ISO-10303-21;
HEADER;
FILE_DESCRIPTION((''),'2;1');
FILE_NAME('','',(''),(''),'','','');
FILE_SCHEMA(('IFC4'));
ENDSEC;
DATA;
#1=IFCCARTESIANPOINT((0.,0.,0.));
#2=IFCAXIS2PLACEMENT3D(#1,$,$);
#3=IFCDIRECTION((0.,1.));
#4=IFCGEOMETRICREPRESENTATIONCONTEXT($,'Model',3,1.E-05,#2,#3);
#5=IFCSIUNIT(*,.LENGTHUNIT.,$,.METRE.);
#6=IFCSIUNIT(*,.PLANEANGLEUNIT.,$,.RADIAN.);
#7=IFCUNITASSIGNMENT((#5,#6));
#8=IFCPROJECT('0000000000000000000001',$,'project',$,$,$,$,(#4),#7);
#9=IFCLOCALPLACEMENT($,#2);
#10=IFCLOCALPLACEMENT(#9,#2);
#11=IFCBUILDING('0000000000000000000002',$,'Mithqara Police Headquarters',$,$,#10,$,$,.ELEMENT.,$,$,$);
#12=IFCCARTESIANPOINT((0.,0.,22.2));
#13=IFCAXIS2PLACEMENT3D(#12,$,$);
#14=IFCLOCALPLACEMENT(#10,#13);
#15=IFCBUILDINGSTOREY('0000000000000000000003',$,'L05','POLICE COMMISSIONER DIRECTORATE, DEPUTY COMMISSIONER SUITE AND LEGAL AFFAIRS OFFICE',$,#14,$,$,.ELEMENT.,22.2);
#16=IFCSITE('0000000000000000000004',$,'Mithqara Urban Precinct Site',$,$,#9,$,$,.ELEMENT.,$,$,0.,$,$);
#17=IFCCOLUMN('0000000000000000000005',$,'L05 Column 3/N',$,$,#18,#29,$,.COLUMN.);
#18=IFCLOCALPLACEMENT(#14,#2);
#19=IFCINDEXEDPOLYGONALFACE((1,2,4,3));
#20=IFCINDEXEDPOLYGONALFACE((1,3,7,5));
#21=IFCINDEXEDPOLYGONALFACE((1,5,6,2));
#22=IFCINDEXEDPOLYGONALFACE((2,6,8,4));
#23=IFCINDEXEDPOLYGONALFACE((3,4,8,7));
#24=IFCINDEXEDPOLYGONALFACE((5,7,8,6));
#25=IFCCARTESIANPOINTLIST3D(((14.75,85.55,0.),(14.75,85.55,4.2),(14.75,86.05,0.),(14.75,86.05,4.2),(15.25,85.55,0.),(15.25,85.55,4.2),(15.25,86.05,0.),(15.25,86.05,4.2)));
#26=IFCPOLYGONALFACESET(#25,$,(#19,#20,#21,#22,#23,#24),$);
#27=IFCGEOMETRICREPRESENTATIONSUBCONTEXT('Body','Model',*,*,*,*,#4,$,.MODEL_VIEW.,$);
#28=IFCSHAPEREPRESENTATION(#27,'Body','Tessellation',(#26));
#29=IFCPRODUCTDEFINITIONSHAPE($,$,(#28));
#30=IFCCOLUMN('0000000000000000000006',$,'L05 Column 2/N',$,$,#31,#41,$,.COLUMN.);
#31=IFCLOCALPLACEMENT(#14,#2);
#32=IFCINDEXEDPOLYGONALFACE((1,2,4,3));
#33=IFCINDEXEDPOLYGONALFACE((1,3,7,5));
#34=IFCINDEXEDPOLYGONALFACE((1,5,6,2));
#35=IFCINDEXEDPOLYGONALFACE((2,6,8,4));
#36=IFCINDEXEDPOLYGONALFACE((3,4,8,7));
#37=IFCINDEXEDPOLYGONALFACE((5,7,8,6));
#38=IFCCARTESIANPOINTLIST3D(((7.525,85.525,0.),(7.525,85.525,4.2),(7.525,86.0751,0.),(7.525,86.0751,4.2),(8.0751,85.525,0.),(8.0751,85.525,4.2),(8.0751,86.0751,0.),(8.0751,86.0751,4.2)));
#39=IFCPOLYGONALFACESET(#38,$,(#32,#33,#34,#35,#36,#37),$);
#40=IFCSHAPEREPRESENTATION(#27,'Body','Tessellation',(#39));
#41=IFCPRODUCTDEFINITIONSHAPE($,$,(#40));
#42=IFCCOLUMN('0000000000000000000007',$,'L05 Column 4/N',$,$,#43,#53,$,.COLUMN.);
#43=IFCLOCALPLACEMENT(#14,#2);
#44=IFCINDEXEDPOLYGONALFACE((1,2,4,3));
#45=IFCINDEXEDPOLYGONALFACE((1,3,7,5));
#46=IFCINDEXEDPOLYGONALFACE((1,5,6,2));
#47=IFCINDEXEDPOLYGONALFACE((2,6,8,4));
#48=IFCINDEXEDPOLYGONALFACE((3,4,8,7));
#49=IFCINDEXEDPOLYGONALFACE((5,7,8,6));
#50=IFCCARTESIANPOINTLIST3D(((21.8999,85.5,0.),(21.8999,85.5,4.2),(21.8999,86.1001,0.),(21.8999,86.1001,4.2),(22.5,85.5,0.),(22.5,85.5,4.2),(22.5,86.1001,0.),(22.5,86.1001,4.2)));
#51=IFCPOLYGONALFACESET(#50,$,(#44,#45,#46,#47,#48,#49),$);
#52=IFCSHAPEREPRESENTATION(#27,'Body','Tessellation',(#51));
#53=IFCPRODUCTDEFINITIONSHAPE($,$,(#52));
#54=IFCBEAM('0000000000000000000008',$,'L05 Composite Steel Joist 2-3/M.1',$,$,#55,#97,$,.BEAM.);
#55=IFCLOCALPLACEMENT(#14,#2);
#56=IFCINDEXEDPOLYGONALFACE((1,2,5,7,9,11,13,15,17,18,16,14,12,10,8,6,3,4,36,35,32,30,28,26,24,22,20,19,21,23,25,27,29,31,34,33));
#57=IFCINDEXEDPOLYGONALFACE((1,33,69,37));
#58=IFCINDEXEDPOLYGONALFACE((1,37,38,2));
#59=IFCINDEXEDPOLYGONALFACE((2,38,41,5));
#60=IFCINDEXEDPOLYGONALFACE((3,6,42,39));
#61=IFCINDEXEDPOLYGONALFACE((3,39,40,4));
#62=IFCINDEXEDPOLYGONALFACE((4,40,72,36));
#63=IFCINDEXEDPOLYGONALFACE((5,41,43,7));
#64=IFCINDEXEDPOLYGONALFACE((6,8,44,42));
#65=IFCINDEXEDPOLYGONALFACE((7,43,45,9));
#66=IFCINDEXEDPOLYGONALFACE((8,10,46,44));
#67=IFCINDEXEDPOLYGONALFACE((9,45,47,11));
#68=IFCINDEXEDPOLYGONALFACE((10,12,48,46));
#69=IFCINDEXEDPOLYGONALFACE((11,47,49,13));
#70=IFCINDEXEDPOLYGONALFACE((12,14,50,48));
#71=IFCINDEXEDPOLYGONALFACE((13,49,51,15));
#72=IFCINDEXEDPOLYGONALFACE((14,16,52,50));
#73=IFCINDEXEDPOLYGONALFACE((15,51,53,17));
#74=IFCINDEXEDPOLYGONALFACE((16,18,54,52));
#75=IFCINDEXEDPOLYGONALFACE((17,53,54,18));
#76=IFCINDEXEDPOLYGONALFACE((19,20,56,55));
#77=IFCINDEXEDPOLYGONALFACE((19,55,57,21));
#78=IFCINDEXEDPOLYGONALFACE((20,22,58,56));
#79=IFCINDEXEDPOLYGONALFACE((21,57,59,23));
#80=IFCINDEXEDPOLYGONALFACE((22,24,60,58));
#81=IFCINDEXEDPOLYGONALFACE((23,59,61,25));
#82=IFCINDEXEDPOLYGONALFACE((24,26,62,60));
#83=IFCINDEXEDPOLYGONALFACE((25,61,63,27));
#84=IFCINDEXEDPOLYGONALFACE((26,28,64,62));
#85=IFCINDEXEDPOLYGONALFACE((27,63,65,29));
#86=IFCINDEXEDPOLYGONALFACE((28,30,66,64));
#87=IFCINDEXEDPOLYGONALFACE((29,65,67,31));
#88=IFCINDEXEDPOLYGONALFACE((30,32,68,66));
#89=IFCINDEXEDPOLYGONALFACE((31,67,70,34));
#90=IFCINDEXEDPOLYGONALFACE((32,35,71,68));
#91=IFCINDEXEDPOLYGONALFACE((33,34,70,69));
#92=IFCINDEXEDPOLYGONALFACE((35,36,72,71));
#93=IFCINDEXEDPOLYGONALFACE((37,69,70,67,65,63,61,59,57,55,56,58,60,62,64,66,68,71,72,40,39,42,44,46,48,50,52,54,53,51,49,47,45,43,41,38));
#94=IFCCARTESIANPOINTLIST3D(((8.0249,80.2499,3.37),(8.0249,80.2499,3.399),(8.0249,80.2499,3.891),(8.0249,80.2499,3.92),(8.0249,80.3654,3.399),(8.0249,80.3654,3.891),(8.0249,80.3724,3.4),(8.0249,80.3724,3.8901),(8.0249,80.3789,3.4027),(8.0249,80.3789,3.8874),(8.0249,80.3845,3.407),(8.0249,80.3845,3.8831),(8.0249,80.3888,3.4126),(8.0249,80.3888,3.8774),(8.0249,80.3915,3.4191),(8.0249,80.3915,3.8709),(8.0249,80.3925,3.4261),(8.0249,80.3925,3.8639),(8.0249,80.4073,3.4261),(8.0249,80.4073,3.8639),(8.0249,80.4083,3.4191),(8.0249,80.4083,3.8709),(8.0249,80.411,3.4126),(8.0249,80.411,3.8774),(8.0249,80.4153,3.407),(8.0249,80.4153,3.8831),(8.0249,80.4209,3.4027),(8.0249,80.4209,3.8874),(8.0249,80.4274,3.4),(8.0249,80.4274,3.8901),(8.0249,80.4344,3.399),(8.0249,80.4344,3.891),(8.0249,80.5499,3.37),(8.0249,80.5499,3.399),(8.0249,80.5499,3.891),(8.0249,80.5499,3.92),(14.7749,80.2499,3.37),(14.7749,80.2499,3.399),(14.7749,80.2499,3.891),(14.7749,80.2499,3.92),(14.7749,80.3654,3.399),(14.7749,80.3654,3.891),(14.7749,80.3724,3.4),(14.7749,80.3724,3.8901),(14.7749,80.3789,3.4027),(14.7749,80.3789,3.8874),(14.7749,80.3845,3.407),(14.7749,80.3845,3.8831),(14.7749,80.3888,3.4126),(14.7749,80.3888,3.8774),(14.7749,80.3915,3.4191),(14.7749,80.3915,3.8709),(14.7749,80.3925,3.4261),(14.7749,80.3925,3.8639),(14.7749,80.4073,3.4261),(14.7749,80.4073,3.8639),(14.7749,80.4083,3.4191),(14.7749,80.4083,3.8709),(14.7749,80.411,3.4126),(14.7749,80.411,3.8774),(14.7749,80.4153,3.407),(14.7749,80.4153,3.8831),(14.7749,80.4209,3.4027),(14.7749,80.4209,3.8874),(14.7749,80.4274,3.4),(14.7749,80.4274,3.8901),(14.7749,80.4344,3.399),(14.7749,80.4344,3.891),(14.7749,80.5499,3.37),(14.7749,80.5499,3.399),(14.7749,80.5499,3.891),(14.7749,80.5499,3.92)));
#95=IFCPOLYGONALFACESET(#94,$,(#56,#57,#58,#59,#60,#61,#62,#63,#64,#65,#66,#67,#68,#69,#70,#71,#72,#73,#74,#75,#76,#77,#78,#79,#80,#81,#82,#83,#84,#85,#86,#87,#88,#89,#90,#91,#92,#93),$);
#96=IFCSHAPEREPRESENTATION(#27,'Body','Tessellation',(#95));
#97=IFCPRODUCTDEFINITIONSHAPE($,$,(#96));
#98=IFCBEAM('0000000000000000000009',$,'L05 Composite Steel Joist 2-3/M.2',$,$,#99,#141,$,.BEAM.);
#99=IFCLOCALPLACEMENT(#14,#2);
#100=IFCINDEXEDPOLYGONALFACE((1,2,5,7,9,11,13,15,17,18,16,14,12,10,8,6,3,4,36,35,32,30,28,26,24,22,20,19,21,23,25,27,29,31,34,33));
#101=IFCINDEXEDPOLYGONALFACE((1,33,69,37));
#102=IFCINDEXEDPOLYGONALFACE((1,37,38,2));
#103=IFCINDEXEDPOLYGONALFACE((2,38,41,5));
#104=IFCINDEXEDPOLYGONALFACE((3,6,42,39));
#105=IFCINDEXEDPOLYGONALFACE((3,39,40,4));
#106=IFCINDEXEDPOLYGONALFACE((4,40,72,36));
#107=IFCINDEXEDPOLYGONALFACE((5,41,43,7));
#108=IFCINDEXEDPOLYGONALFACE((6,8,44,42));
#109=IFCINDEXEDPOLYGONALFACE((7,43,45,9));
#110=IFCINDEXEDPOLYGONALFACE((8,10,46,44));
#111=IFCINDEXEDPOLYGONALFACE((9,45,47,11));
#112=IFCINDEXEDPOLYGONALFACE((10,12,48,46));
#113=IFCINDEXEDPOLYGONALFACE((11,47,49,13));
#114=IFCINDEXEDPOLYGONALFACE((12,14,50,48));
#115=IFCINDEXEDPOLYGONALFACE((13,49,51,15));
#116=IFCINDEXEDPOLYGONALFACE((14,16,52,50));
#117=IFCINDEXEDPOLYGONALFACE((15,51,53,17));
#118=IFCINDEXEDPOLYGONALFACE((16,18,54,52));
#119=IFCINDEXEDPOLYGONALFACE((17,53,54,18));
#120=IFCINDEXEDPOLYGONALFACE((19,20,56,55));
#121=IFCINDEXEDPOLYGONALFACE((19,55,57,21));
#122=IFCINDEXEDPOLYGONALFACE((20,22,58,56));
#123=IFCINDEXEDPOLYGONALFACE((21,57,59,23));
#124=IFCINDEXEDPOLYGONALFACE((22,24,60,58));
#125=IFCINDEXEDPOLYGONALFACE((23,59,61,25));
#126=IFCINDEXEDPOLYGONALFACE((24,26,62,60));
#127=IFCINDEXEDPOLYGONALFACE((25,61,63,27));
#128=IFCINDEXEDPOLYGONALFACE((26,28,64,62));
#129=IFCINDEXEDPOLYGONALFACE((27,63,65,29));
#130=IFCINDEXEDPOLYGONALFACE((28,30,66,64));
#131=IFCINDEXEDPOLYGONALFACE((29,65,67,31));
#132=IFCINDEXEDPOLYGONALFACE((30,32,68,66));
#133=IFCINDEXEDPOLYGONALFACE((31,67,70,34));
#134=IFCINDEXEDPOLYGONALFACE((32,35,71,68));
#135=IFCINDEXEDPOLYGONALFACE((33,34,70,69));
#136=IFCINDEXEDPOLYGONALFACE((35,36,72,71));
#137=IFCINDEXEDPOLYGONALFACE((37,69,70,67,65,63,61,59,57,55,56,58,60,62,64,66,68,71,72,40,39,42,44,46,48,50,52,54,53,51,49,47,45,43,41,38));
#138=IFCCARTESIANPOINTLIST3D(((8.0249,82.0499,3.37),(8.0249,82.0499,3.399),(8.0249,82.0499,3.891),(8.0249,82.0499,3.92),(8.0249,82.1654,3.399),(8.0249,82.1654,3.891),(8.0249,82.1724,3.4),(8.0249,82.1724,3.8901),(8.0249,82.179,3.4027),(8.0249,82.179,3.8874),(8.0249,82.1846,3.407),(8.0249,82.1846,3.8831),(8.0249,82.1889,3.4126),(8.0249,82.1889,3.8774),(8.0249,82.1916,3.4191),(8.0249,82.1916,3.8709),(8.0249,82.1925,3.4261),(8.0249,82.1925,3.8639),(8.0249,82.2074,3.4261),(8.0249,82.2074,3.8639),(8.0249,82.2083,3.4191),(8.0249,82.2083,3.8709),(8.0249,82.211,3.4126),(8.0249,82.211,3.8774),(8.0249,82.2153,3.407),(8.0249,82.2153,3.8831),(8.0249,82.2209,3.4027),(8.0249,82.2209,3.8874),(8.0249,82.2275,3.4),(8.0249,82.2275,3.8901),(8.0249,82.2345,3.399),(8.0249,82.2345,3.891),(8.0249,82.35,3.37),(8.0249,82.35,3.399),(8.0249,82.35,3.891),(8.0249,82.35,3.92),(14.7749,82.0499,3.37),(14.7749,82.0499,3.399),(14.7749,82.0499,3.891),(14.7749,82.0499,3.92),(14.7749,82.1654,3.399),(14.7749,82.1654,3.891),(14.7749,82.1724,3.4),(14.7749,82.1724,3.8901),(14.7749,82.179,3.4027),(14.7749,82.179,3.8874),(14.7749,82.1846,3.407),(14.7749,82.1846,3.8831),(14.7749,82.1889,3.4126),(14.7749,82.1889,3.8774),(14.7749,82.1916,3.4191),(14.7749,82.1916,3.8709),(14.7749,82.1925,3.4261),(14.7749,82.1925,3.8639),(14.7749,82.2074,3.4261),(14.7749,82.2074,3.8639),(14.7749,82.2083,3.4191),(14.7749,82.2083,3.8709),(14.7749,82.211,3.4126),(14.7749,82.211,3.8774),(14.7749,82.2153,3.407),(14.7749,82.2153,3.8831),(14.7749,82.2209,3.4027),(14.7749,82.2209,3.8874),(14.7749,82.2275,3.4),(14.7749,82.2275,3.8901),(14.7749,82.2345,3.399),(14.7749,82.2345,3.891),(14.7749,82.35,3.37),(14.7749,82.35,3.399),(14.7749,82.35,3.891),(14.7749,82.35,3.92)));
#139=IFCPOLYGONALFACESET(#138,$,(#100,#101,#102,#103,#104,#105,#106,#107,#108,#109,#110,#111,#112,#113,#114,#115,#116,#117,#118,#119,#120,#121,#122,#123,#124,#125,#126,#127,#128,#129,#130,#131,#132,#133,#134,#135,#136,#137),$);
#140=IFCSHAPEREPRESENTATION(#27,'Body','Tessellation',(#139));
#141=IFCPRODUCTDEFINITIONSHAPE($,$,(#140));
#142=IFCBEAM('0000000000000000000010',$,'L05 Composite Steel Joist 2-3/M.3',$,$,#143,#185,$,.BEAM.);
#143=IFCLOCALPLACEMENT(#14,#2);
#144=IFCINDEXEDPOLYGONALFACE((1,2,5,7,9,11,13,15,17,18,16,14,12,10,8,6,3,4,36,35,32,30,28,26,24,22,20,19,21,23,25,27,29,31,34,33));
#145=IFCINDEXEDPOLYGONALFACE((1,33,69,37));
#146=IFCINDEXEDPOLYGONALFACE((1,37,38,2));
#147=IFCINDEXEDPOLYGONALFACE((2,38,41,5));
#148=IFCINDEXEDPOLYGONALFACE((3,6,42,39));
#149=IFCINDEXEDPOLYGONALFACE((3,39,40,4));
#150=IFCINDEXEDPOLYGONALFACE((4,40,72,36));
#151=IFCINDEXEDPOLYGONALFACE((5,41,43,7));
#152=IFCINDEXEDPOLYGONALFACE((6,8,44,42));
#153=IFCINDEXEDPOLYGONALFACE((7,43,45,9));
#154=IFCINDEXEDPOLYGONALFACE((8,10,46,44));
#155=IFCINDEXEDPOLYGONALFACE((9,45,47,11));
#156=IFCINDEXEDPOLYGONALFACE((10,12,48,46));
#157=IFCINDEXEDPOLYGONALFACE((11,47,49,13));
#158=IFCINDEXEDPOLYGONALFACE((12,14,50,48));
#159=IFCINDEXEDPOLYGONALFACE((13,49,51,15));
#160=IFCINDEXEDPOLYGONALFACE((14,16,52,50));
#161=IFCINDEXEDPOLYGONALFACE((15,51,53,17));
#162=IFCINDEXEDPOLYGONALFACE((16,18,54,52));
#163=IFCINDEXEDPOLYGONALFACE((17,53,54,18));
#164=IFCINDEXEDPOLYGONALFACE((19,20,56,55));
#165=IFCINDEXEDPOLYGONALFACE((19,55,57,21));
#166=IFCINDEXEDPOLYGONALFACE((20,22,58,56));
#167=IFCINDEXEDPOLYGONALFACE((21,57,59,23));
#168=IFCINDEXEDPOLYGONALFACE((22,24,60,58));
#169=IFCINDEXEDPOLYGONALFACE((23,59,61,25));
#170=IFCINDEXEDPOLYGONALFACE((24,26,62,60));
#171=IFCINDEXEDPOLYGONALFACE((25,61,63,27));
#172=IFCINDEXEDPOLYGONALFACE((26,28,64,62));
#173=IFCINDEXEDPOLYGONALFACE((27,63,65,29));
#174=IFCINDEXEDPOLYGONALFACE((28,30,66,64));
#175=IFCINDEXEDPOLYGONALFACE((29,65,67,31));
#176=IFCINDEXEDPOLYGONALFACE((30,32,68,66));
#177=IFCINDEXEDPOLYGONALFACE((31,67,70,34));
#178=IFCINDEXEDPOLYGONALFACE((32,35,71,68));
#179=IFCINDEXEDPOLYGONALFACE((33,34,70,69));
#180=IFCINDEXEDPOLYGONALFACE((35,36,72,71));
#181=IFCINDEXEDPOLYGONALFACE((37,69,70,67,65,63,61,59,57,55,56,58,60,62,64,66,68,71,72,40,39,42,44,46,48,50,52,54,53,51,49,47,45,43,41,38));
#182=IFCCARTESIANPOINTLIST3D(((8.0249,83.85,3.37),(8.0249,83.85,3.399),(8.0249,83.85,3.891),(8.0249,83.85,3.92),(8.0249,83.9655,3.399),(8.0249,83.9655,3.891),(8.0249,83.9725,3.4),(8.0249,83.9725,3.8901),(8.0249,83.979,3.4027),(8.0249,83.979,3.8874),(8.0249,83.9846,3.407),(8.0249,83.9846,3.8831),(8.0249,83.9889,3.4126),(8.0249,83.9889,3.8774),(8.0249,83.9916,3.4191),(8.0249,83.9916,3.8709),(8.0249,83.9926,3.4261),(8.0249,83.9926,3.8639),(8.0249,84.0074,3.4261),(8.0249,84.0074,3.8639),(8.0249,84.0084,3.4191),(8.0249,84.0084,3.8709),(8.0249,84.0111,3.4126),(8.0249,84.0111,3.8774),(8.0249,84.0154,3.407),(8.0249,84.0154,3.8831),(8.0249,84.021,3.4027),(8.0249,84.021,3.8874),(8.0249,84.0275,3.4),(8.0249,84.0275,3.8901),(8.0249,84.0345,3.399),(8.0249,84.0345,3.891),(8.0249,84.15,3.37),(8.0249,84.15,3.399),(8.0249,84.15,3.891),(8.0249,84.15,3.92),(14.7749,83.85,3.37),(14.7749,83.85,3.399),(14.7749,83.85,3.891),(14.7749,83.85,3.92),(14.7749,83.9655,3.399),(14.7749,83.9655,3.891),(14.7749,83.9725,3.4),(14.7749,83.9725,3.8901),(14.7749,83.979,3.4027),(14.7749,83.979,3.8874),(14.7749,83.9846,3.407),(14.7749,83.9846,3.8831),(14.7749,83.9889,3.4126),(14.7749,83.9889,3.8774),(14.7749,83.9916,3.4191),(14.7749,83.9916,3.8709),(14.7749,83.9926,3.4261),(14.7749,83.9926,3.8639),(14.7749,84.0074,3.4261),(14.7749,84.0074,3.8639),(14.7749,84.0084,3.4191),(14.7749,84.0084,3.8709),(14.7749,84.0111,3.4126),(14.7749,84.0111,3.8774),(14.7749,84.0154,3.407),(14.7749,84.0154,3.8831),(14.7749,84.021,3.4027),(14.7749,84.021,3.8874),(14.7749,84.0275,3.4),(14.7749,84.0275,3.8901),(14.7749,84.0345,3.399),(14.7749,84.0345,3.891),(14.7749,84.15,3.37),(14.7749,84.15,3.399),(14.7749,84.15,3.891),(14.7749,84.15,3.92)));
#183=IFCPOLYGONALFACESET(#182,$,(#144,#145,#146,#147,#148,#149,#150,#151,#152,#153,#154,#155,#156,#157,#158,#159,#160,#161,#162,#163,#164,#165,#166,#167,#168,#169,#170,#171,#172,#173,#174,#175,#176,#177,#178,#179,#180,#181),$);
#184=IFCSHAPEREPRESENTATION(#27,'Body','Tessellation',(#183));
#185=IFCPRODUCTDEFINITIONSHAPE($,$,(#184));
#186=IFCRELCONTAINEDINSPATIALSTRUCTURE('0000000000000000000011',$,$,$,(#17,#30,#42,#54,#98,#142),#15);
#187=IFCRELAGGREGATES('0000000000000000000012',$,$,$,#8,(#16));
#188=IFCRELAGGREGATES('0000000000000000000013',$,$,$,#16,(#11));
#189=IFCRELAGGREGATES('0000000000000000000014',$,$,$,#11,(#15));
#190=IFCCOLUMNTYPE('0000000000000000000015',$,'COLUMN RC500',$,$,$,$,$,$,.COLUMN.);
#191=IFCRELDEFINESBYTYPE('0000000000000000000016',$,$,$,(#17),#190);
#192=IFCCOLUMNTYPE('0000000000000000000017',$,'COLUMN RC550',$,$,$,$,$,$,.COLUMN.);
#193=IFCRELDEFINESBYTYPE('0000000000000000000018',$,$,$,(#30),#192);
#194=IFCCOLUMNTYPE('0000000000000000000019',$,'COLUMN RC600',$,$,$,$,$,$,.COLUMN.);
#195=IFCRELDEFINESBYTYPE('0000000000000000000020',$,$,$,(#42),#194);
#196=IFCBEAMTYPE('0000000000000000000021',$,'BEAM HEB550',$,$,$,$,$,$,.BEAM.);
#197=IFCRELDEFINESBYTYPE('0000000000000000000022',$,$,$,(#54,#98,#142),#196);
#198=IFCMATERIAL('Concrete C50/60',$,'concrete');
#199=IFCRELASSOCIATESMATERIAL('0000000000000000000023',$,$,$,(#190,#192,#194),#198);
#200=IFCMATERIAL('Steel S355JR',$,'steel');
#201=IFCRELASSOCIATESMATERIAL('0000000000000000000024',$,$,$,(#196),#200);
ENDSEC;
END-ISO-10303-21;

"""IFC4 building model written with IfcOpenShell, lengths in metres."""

from ifc_helpers import new_model, si_unit, direction, frame, origin, origin_2d, place, context, subcontext, project, spatial, rectangle, i_section, extrude, material, material_profile, profile_set, type_object, element, save


model = new_model("IFC4")

# Units and contexts
model_context = context("Model", 3, precision=1e-05, world=origin(), true_north=direction((0.0, 1.0)))
body_context = subcontext(model_context, "Body", "Model", "MODEL_VIEW")
ifc_project = project(units=[si_unit("LENGTHUNIT", "METRE"), si_unit("PLANEANGLEUNIT", "RADIAN")], contexts=[model_context])

# Site, building, storey
site_placement = place(None, origin())
site = spatial("IfcSite", under=ifc_project, at=site_placement, Name="Mithqara Urban Precinct Site", CompositionType="ELEMENT", RefElevation=0.0)
building_placement = place(site_placement, origin())
building = spatial("IfcBuilding", under=site, at=building_placement, Name="Mithqara Police Headquarters", CompositionType="ELEMENT")
storey_placement = place(building_placement, frame((0.0, 0.0, 22.2)))
storey = spatial("IfcBuildingStorey", under=building, at=storey_placement, Name="L05", Description="POLICE COMMISSIONER DIRECTORATE, DEPUTY COMMISSIONER SUITE AND LEGAL AFFAIRS OFFICE", CompositionType="ELEMENT", Elevation=22.2)

# Columns
ifc_material_1 = material(Name="Concrete C50/60", Category="concrete")
ifc_material_profile_1 = material_profile(ifc_material_1, rectangle(XDim=0.5, YDim=0.5, at=origin_2d()), Name="RC 500x500")
ifc_profile_set_1 = profile_set([ifc_material_profile_1], Name="Concrete C50/60")
column_type_1 = type_object("IfcColumnType", Name="COLUMN RC500", PredefinedType="COLUMN", material=ifc_profile_set_1)
column_1_placement = place(storey_placement, frame((15.0, 85.8, 0.0), z_axis=(0.0, 0.0, 1.0), x_axis=(1.0, 0.0, 0.0)))
element("IfcColumn", 1, at=column_1_placement, inside=storey, type_object=column_type_1, Name="L05 Column 3/N", PredefinedType="COLUMN", context=body_context, shape_type="SweptSolid", body=[
    extrude(rectangle(XDim=0.5, YDim=0.5, at=origin_2d()), origin(), (0.0, 0.0, 1.0), 4.2),
])
ifc_material_profile_2 = material_profile(ifc_material_1, rectangle(XDim=0.55, YDim=0.55, at=origin_2d()), Name="RC 550x550")
ifc_profile_set_2 = profile_set([ifc_material_profile_2], Name="Concrete C50/60")
column_type_2 = type_object("IfcColumnType", Name="COLUMN RC550", PredefinedType="COLUMN", material=ifc_profile_set_2)
column_2_placement = place(storey_placement, frame((7.8, 85.8, 0.0), z_axis=(0.0, 0.0, 1.0), x_axis=(1.0, 0.0, 0.0)))
element("IfcColumn", 2, at=column_2_placement, inside=storey, type_object=column_type_2, Name="L05 Column 2/N", PredefinedType="COLUMN", context=body_context, shape_type="SweptSolid", body=[
    extrude(rectangle(XDim=0.55, YDim=0.55, at=origin_2d()), origin(), (0.0, 0.0, 1.0), 4.2),
])
ifc_material_profile_3 = material_profile(ifc_material_1, rectangle(XDim=0.6001, YDim=0.6001, at=origin_2d()), Name="RC 600x600")
ifc_profile_set_3 = profile_set([ifc_material_profile_3], Name="Concrete C50/60")
column_type_3 = type_object("IfcColumnType", Name="COLUMN RC600", PredefinedType="COLUMN", material=ifc_profile_set_3)
column_3_placement = place(storey_placement, frame((22.2, 85.8, 0.0), z_axis=(0.0, 0.0, 1.0), x_axis=(1.0, 0.0, 0.0)))
element("IfcColumn", 3, at=column_3_placement, inside=storey, type_object=column_type_3, Name="L05 Column 4/N", PredefinedType="COLUMN", context=body_context, shape_type="SweptSolid", body=[
    extrude(rectangle(XDim=0.6001, YDim=0.6001, at=origin_2d()), origin(), (0.0, 0.0, 1.0), 4.2),
])

# Beams
ifc_material_2 = material(Name="Steel S355JR", Category="steel")
ifc_material_profile_4 = material_profile(ifc_material_2, i_section(OverallWidth=0.3, OverallDepth=0.55, WebThickness=0.0149, FlangeThickness=0.0291, FilletRadius=0.0271, at=origin_2d()), Name="HEB 550")
ifc_profile_set_4 = profile_set([ifc_material_profile_4], Name="Steel S355JR")
beam_type_1 = type_object("IfcBeamType", Name="BEAM HEB550", PredefinedType="BEAM", material=ifc_profile_set_4)
for number, where, z_axis, x_axis, name in (
    (4, (8.0249, 80.3999, 3.645), (1.0, 0.0, 0.0), (0.0, 1.0, 0.0), "L05 Composite Steel Joist 2-3/M.1"),
    (5, (8.0249, 82.2, 3.645), (1.0, 0.0, 0.0), (0.0, 1.0, 0.0), "L05 Composite Steel Joist 2-3/M.2"),
    (6, (8.0249, 84.0, 3.645), (1.0, 0.0, 0.0), (0.0, 1.0, 0.0), "L05 Composite Steel Joist 2-3/M.3"),
):
    element("IfcBeam", number, at=place(storey_placement, frame(where, z_axis=z_axis, x_axis=x_axis)), inside=storey, type_object=beam_type_1, Name=name, PredefinedType="BEAM", context=body_context, shape_type="SweptSolid", body=[
        extrude(i_section(OverallWidth=0.3, OverallDepth=0.55, WebThickness=0.0149, FlangeThickness=0.0291, FilletRadius=0.0271, at=origin_2d()), origin(), (0.0, 0.0, 1.0), 6.75),
    ])

save(model, "model.ifc")
